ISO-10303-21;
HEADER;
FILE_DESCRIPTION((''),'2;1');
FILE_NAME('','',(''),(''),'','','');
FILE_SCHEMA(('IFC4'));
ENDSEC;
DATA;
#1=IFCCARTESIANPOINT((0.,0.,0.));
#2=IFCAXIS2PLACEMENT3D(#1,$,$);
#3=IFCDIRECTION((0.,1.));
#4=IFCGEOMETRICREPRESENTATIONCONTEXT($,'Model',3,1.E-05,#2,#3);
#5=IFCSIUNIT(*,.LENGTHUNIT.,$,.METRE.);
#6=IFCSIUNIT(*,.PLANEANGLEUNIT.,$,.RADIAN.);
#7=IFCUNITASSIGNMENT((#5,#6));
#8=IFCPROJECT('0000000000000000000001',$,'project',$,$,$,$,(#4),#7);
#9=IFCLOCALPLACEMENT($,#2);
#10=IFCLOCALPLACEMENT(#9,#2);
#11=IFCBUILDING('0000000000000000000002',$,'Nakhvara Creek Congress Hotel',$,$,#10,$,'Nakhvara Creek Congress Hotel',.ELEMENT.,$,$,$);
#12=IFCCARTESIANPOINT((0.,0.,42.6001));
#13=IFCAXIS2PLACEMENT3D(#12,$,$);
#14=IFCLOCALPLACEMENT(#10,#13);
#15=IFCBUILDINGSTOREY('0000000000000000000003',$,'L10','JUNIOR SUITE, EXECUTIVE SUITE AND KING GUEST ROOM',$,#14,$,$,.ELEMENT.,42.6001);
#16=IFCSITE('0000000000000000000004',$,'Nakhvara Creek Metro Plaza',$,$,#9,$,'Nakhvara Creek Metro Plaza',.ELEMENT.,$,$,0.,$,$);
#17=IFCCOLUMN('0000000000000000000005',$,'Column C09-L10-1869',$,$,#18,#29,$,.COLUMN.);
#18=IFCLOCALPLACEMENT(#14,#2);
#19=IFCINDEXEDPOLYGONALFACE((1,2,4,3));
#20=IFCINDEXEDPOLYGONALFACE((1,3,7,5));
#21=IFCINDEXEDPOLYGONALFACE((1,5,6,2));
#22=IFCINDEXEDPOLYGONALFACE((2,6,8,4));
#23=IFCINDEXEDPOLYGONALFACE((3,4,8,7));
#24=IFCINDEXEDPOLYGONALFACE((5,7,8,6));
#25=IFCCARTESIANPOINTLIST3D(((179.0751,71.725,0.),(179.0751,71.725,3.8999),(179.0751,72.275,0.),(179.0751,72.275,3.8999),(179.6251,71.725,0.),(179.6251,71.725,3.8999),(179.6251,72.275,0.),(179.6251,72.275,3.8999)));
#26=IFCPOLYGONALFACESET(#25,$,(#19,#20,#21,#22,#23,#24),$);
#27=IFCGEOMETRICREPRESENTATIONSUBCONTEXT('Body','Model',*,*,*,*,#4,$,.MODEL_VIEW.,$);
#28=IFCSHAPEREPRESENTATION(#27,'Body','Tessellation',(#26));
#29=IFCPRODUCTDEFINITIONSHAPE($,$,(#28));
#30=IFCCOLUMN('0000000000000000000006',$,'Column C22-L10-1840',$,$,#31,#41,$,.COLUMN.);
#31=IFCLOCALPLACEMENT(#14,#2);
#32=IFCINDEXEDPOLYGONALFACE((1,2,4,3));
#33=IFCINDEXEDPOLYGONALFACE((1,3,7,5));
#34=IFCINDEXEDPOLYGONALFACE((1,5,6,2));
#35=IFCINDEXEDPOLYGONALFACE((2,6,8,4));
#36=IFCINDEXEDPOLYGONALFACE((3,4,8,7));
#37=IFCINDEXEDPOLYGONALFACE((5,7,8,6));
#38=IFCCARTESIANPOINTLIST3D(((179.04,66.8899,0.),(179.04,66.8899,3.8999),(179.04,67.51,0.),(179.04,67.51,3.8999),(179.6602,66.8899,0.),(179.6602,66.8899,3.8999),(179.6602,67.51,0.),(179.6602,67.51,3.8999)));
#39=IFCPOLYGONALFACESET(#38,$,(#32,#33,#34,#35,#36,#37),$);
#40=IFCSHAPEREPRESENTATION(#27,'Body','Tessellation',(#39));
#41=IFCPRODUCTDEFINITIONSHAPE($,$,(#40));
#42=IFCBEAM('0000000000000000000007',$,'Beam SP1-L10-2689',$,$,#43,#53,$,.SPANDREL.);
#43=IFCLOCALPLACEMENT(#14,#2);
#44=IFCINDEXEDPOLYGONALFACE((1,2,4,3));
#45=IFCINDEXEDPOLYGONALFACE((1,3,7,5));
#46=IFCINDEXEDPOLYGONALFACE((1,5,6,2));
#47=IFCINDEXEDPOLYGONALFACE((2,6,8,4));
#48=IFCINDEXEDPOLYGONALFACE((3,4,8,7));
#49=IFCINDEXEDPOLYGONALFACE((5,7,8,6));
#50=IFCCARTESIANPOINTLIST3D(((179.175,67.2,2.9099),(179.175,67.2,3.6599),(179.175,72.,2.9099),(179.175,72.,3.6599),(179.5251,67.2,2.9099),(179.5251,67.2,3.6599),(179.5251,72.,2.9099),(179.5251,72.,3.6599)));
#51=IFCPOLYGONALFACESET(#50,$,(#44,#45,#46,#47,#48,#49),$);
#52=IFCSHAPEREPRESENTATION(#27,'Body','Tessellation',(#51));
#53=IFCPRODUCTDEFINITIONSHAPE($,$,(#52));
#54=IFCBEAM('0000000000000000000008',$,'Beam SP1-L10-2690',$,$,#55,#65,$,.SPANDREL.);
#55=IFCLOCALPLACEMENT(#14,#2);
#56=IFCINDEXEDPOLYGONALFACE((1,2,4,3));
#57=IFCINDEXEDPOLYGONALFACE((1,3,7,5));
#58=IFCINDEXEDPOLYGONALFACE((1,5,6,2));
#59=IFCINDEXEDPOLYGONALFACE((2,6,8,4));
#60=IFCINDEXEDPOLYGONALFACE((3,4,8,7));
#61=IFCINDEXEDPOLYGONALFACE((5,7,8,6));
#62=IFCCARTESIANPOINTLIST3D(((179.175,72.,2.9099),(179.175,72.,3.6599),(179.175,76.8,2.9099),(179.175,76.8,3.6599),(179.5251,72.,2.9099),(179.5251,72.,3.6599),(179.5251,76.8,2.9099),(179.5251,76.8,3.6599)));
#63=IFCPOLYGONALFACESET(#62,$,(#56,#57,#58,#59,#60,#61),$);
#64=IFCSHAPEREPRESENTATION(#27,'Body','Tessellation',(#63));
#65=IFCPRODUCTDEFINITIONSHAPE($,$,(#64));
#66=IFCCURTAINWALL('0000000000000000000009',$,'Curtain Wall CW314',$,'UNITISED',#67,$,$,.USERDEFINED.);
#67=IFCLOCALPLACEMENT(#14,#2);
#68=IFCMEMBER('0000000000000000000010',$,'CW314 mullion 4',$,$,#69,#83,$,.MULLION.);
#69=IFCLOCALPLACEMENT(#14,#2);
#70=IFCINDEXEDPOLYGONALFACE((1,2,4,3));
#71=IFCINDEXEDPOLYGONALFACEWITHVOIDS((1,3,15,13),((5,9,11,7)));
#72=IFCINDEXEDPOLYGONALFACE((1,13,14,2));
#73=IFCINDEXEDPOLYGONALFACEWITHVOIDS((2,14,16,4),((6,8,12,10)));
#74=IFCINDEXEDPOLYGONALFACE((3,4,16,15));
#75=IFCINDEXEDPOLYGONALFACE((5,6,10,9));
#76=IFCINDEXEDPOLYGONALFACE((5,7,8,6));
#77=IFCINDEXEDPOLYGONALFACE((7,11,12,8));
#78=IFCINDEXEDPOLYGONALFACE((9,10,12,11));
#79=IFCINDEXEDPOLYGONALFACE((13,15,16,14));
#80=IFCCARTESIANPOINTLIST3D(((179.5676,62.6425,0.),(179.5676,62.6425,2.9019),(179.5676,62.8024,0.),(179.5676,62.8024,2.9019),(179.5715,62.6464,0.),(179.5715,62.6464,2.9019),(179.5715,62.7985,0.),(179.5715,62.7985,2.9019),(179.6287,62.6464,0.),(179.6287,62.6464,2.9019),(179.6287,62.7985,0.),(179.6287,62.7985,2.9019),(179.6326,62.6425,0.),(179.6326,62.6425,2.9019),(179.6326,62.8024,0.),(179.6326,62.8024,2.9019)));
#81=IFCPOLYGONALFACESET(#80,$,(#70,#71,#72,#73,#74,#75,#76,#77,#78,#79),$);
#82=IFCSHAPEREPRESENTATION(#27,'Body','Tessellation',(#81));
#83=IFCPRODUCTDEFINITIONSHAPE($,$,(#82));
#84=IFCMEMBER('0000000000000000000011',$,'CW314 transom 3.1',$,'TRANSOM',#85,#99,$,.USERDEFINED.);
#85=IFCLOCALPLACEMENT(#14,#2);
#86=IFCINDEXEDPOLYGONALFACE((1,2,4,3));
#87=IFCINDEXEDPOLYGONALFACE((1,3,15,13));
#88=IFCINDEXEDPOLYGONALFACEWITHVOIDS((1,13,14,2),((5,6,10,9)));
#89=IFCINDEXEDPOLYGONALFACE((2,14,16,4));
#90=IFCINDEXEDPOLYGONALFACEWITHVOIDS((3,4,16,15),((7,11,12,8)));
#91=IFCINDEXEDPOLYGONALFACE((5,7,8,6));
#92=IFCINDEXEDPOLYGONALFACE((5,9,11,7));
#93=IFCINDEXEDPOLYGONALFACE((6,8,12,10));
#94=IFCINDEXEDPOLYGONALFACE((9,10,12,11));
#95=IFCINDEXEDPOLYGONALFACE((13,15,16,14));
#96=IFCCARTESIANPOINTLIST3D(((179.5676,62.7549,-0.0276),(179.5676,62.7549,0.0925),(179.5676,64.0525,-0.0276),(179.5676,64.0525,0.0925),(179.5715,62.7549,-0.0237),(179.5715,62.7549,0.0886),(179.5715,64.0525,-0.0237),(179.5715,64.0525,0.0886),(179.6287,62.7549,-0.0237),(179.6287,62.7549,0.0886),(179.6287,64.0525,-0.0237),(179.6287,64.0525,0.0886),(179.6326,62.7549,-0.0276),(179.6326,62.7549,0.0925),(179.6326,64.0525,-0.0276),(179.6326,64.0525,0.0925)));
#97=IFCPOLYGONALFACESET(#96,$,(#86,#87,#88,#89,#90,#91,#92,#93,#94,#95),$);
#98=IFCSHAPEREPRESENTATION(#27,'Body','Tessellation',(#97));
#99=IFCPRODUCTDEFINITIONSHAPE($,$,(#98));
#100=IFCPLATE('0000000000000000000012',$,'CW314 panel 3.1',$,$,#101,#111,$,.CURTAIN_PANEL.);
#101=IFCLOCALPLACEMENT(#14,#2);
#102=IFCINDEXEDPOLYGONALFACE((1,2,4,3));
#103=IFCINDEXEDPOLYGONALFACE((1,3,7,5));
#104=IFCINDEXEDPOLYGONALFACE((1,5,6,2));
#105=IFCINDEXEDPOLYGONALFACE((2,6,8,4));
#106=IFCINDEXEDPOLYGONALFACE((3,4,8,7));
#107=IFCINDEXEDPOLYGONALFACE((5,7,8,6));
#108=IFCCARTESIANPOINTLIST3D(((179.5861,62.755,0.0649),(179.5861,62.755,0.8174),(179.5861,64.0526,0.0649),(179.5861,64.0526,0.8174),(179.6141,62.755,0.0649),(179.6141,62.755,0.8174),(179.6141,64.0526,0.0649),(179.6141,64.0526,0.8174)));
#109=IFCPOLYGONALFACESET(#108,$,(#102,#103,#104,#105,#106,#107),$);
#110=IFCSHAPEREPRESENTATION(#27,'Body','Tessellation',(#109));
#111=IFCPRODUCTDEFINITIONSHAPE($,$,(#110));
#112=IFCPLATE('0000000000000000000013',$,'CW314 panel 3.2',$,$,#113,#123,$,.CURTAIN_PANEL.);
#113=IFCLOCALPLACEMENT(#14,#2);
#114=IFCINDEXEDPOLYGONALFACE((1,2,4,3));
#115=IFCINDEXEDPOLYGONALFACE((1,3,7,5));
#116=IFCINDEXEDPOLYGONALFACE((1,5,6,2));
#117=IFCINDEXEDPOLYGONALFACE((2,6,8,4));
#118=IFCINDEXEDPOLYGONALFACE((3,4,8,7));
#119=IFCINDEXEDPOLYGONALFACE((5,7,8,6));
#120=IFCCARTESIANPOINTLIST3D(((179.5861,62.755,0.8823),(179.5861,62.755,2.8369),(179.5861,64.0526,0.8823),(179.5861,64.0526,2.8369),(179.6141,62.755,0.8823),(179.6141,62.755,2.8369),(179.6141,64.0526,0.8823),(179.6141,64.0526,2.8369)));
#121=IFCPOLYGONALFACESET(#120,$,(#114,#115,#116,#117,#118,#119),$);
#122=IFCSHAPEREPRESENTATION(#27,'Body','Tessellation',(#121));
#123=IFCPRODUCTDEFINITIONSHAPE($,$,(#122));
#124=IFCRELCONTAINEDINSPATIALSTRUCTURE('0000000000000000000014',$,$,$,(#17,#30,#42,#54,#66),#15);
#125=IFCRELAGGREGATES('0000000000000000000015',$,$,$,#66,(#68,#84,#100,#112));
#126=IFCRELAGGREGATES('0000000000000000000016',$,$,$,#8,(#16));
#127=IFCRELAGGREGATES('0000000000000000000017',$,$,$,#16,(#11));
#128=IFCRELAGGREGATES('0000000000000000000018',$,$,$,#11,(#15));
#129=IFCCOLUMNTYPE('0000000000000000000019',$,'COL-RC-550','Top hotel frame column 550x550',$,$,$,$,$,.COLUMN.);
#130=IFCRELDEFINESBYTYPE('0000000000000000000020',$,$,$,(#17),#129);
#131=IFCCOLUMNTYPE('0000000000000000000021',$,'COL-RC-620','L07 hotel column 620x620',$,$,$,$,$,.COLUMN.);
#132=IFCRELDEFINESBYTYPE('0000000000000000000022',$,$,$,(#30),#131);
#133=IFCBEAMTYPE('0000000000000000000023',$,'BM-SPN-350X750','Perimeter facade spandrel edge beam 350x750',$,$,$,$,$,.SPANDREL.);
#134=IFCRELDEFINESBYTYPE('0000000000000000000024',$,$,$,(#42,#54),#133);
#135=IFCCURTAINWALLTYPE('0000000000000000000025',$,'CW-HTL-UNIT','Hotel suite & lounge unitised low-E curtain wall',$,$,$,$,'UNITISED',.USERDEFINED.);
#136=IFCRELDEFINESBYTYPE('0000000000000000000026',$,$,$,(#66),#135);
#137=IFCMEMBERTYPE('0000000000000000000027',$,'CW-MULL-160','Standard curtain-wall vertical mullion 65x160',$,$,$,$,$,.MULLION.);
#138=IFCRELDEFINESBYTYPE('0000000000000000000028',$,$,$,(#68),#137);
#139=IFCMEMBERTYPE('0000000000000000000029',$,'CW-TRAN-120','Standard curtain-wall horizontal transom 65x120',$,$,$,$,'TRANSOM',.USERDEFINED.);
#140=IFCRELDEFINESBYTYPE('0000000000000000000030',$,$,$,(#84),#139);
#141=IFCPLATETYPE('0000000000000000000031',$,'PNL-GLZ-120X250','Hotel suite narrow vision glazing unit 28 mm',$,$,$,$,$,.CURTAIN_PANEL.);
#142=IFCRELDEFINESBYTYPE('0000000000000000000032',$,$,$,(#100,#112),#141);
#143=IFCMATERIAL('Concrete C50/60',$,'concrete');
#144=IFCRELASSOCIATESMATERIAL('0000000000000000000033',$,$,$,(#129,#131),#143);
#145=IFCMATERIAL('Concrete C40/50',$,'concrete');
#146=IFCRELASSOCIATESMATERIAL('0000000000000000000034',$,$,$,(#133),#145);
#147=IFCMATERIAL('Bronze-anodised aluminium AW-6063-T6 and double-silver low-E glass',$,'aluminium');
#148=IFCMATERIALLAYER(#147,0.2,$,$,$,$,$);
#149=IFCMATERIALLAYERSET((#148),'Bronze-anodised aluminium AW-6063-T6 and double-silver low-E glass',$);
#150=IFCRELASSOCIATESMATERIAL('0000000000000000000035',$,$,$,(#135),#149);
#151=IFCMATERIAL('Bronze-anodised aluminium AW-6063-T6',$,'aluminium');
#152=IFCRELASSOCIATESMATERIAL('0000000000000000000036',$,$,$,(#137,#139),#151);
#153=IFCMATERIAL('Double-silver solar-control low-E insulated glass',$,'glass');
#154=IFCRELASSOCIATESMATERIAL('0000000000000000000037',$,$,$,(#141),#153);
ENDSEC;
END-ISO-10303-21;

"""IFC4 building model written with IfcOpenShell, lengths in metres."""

from ifc_helpers import new_model, si_unit, direction, frame, origin, origin_2d, place, context, subcontext, project, spatial, rectangle, hollow_rectangle, extrude, material, layer, layer_set, material_profile, profile_set, type_object, element, aggregate, save


model = new_model("IFC4")

# Units and contexts
model_context = context("Model", 3, precision=1e-05, world=origin(), true_north=direction((0.0, 1.0)))
body_context = subcontext(model_context, "Body", "Model", "MODEL_VIEW")
ifc_project = project(units=[si_unit("LENGTHUNIT", "METRE"), si_unit("PLANEANGLEUNIT", "RADIAN")], contexts=[model_context])

# Site, building, storey
site_placement = place(None, origin())
site = spatial("IfcSite", under=ifc_project, at=site_placement, Name="Nakhvara Creek Metro Plaza", LongName="Nakhvara Creek Metro Plaza", CompositionType="ELEMENT", RefElevation=0.0)
building_placement = place(site_placement, origin())
building = spatial("IfcBuilding", under=site, at=building_placement, Name="Nakhvara Creek Congress Hotel", LongName="Nakhvara Creek Congress Hotel", CompositionType="ELEMENT")
storey_placement = place(building_placement, frame((0.0, 0.0, 42.6001)))
storey = spatial("IfcBuildingStorey", under=building, at=storey_placement, Name="L10", Description="JUNIOR SUITE, EXECUTIVE SUITE AND KING GUEST ROOM", CompositionType="ELEMENT", Elevation=42.6001)

# Columns
ifc_material_1 = material(Name="Concrete C50/60", Category="concrete")
ifc_material_profile_1 = material_profile(ifc_material_1, rectangle(XDim=0.55, YDim=0.55, at=origin_2d()), Name="RC-COL 550x550", Category="LoadBearing")
ifc_profile_set_1 = profile_set([ifc_material_profile_1], Name="Concrete C50/60")
column_type_1 = type_object("IfcColumnType", Name="COL-RC-550", Description="Top hotel frame column 550x550", PredefinedType="COLUMN", material=ifc_profile_set_1)
column_1_placement = place(storey_placement, frame((179.3501, 72.0, 0.0), z_axis=(0.0, 0.0, 1.0), x_axis=(1.0, 0.0, 0.0)))
element("IfcColumn", 1, at=column_1_placement, inside=storey, type_object=column_type_1, Name="Column C09-L10-1869", PredefinedType="COLUMN", context=body_context, shape_type="SweptSolid", body=[
    extrude(rectangle(XDim=0.55, YDim=0.55, at=origin_2d()), origin(), (0.0, 0.0, 1.0), 3.8999),
])
ifc_material_profile_2 = material_profile(ifc_material_1, rectangle(XDim=0.6201, YDim=0.6201, at=origin_2d()), Name="RC-COL 620x620", Category="LoadBearing")
ifc_profile_set_2 = profile_set([ifc_material_profile_2], Name="Concrete C50/60")
column_type_2 = type_object("IfcColumnType", Name="COL-RC-620", Description="L07 hotel column 620x620", PredefinedType="COLUMN", material=ifc_profile_set_2)
column_2_placement = place(storey_placement, frame((179.3501, 67.2, 0.0), z_axis=(0.0, 0.0, 1.0), x_axis=(1.0, 0.0, 0.0)))
element("IfcColumn", 2, at=column_2_placement, inside=storey, type_object=column_type_2, Name="Column C22-L10-1840", PredefinedType="COLUMN", context=body_context, shape_type="SweptSolid", body=[
    extrude(rectangle(XDim=0.6201, YDim=0.6201, at=origin_2d()), origin(), (0.0, 0.0, 1.0), 3.8999),
])

# Beams
ifc_material_2 = material(Name="Concrete C40/50", Category="concrete")
ifc_material_profile_3 = material_profile(ifc_material_2, rectangle(XDim=0.3501, YDim=0.75, at=origin_2d()), Name="RC-SPANDREL 350x750", Category="LoadBearing")
ifc_profile_set_3 = profile_set([ifc_material_profile_3], Name="Concrete C40/50")
beam_type = type_object("IfcBeamType", Name="BM-SPN-350X750", Description="Perimeter facade spandrel edge beam 350x750", PredefinedType="SPANDREL", material=ifc_profile_set_3)
for number, where, z_axis, x_axis, name in (
    (3, (179.3501, 67.2, 3.2849), (0.0, 1.0, 0.0), (-1.0, 0.0, 0.0), "Beam SP1-L10-2689"),
    (4, (179.3501, 72.0, 3.2849), (0.0, 1.0, 0.0), (-1.0, 0.0, 0.0), "Beam SP1-L10-2690"),
):
    element("IfcBeam", number, at=place(storey_placement, frame(where, z_axis=z_axis, x_axis=x_axis)), inside=storey, type_object=beam_type, Name=name, PredefinedType="SPANDREL", context=body_context, shape_type="SweptSolid", body=[
        extrude(rectangle(XDim=0.3501, YDim=0.75, at=origin_2d()), origin(), (0.0, 0.0, 1.0), 4.8),
    ])

# Curtain wall, members, plates
ifc_material_3 = material(Name="Bronze-anodised aluminium AW-6063-T6 and double-silver low-E glass", Category="aluminium")
ifc_layer_1 = layer(ifc_material_3, 0.2)
ifc_layer_set_1 = layer_set([ifc_layer_1], Name="Bronze-anodised aluminium AW-6063-T6 and double-silver low-E glass")
curtain_wall_type = type_object("IfcCurtainWallType", Name="CW-HTL-UNIT", Description="Hotel suite & lounge unitised low-E curtain wall", ElementType="UNITISED", PredefinedType="USERDEFINED", material=ifc_layer_set_1)
curtain_wall_placement = place(storey_placement, origin())
curtain_wall = element("IfcCurtainWall", 5, at=curtain_wall_placement, inside=storey, type_object=curtain_wall_type, Name="Curtain Wall CW314", ObjectType="UNITISED", PredefinedType="USERDEFINED")
ifc_material_4 = material(Name="Bronze-anodised aluminium AW-6063-T6", Category="aluminium")
ifc_material_profile_4 = material_profile(ifc_material_4, hollow_rectangle(XDim=0.0649, YDim=0.1599, WallThickness=0.0039, at=origin_2d()), Name="ALU-MULL 65x160x4", Category="LoadBearing")
ifc_profile_set_4 = profile_set([ifc_material_profile_4], Name="Bronze-anodised aluminium AW-6063-T6")
member_type_1 = type_object("IfcMemberType", Name="CW-MULL-160", Description="Standard curtain-wall vertical mullion 65x160", PredefinedType="MULLION", material=ifc_profile_set_4)
member_1_placement = place(storey_placement, frame((179.6001, 62.7224, 0.0), z_axis=(0.0, 0.0, 1.0), x_axis=(1.0, 0.0, 0.0)))
member_1 = element("IfcMember", 6, at=member_1_placement, type_object=member_type_1, Name="CW314 mullion 4", PredefinedType="MULLION", context=body_context, shape_type="SweptSolid", body=[
    extrude(hollow_rectangle(XDim=0.0649, YDim=0.1599, WallThickness=0.0039, at=origin_2d()), origin(), (0.0, 0.0, 1.0), 2.9019),
])
ifc_material_profile_5 = material_profile(ifc_material_4, hollow_rectangle(XDim=0.0649, YDim=0.1201, WallThickness=0.0039, at=origin_2d()), Name="ALU-TRAN 65x120x4", Category="LoadBearing")
ifc_profile_set_5 = profile_set([ifc_material_profile_5], Name="Bronze-anodised aluminium AW-6063-T6")
member_type_2 = type_object("IfcMemberType", Name="CW-TRAN-120", Description="Standard curtain-wall horizontal transom 65x120", ElementType="TRANSOM", PredefinedType="USERDEFINED", material=ifc_profile_set_5)
member_2_placement = place(storey_placement, frame((179.6001, 64.0525, 0.0325), z_axis=(0.0, -1.0, 0.0), x_axis=(1.0, 0.0, 0.0)))
member_2 = element("IfcMember", 7, at=member_2_placement, type_object=member_type_2, Name="CW314 transom 3.1", ObjectType="TRANSOM", PredefinedType="USERDEFINED", context=body_context, shape_type="SweptSolid", body=[
    extrude(hollow_rectangle(XDim=0.0649, YDim=0.1201, WallThickness=0.0039, at=origin_2d()), origin(), (0.0, 0.0, 1.0), 1.2976),
])
ifc_material_5 = material(Name="Double-silver solar-control low-E insulated glass", Category="glass")
plate_type = type_object("IfcPlateType", Name="PNL-GLZ-120X250", Description="Hotel suite narrow vision glazing unit 28 mm", PredefinedType="CURTAIN_PANEL", material=ifc_material_5)
plate_1_placement = place(storey_placement, frame((179.6001, 63.4038, 0.0649), z_axis=(0.0, 0.0, 1.0), x_axis=(0.0, -1.0, 0.0)))
plate_1 = element("IfcPlate", 8, at=plate_1_placement, type_object=plate_type, Name="CW314 panel 3.1", PredefinedType="CURTAIN_PANEL", context=body_context, shape_type="SweptSolid", body=[
    extrude(rectangle(XDim=1.2976, YDim=0.0281, at=origin_2d()), origin(), (0.0, 0.0, 1.0), 0.7524),
])
plate_2_placement = place(storey_placement, frame((179.6001, 63.4038, 0.8823), z_axis=(0.0, 0.0, 1.0), x_axis=(0.0, -1.0, 0.0)))
plate_2 = element("IfcPlate", 9, at=plate_2_placement, type_object=plate_type, Name="CW314 panel 3.2", PredefinedType="CURTAIN_PANEL", context=body_context, shape_type="SweptSolid", body=[
    extrude(rectangle(XDim=1.2976, YDim=0.0281, at=origin_2d()), origin(), (0.0, 0.0, 1.0), 1.9546),
])
aggregate(curtain_wall, [member_1, member_2, plate_1, plate_2])

save(model, "model.ifc")
